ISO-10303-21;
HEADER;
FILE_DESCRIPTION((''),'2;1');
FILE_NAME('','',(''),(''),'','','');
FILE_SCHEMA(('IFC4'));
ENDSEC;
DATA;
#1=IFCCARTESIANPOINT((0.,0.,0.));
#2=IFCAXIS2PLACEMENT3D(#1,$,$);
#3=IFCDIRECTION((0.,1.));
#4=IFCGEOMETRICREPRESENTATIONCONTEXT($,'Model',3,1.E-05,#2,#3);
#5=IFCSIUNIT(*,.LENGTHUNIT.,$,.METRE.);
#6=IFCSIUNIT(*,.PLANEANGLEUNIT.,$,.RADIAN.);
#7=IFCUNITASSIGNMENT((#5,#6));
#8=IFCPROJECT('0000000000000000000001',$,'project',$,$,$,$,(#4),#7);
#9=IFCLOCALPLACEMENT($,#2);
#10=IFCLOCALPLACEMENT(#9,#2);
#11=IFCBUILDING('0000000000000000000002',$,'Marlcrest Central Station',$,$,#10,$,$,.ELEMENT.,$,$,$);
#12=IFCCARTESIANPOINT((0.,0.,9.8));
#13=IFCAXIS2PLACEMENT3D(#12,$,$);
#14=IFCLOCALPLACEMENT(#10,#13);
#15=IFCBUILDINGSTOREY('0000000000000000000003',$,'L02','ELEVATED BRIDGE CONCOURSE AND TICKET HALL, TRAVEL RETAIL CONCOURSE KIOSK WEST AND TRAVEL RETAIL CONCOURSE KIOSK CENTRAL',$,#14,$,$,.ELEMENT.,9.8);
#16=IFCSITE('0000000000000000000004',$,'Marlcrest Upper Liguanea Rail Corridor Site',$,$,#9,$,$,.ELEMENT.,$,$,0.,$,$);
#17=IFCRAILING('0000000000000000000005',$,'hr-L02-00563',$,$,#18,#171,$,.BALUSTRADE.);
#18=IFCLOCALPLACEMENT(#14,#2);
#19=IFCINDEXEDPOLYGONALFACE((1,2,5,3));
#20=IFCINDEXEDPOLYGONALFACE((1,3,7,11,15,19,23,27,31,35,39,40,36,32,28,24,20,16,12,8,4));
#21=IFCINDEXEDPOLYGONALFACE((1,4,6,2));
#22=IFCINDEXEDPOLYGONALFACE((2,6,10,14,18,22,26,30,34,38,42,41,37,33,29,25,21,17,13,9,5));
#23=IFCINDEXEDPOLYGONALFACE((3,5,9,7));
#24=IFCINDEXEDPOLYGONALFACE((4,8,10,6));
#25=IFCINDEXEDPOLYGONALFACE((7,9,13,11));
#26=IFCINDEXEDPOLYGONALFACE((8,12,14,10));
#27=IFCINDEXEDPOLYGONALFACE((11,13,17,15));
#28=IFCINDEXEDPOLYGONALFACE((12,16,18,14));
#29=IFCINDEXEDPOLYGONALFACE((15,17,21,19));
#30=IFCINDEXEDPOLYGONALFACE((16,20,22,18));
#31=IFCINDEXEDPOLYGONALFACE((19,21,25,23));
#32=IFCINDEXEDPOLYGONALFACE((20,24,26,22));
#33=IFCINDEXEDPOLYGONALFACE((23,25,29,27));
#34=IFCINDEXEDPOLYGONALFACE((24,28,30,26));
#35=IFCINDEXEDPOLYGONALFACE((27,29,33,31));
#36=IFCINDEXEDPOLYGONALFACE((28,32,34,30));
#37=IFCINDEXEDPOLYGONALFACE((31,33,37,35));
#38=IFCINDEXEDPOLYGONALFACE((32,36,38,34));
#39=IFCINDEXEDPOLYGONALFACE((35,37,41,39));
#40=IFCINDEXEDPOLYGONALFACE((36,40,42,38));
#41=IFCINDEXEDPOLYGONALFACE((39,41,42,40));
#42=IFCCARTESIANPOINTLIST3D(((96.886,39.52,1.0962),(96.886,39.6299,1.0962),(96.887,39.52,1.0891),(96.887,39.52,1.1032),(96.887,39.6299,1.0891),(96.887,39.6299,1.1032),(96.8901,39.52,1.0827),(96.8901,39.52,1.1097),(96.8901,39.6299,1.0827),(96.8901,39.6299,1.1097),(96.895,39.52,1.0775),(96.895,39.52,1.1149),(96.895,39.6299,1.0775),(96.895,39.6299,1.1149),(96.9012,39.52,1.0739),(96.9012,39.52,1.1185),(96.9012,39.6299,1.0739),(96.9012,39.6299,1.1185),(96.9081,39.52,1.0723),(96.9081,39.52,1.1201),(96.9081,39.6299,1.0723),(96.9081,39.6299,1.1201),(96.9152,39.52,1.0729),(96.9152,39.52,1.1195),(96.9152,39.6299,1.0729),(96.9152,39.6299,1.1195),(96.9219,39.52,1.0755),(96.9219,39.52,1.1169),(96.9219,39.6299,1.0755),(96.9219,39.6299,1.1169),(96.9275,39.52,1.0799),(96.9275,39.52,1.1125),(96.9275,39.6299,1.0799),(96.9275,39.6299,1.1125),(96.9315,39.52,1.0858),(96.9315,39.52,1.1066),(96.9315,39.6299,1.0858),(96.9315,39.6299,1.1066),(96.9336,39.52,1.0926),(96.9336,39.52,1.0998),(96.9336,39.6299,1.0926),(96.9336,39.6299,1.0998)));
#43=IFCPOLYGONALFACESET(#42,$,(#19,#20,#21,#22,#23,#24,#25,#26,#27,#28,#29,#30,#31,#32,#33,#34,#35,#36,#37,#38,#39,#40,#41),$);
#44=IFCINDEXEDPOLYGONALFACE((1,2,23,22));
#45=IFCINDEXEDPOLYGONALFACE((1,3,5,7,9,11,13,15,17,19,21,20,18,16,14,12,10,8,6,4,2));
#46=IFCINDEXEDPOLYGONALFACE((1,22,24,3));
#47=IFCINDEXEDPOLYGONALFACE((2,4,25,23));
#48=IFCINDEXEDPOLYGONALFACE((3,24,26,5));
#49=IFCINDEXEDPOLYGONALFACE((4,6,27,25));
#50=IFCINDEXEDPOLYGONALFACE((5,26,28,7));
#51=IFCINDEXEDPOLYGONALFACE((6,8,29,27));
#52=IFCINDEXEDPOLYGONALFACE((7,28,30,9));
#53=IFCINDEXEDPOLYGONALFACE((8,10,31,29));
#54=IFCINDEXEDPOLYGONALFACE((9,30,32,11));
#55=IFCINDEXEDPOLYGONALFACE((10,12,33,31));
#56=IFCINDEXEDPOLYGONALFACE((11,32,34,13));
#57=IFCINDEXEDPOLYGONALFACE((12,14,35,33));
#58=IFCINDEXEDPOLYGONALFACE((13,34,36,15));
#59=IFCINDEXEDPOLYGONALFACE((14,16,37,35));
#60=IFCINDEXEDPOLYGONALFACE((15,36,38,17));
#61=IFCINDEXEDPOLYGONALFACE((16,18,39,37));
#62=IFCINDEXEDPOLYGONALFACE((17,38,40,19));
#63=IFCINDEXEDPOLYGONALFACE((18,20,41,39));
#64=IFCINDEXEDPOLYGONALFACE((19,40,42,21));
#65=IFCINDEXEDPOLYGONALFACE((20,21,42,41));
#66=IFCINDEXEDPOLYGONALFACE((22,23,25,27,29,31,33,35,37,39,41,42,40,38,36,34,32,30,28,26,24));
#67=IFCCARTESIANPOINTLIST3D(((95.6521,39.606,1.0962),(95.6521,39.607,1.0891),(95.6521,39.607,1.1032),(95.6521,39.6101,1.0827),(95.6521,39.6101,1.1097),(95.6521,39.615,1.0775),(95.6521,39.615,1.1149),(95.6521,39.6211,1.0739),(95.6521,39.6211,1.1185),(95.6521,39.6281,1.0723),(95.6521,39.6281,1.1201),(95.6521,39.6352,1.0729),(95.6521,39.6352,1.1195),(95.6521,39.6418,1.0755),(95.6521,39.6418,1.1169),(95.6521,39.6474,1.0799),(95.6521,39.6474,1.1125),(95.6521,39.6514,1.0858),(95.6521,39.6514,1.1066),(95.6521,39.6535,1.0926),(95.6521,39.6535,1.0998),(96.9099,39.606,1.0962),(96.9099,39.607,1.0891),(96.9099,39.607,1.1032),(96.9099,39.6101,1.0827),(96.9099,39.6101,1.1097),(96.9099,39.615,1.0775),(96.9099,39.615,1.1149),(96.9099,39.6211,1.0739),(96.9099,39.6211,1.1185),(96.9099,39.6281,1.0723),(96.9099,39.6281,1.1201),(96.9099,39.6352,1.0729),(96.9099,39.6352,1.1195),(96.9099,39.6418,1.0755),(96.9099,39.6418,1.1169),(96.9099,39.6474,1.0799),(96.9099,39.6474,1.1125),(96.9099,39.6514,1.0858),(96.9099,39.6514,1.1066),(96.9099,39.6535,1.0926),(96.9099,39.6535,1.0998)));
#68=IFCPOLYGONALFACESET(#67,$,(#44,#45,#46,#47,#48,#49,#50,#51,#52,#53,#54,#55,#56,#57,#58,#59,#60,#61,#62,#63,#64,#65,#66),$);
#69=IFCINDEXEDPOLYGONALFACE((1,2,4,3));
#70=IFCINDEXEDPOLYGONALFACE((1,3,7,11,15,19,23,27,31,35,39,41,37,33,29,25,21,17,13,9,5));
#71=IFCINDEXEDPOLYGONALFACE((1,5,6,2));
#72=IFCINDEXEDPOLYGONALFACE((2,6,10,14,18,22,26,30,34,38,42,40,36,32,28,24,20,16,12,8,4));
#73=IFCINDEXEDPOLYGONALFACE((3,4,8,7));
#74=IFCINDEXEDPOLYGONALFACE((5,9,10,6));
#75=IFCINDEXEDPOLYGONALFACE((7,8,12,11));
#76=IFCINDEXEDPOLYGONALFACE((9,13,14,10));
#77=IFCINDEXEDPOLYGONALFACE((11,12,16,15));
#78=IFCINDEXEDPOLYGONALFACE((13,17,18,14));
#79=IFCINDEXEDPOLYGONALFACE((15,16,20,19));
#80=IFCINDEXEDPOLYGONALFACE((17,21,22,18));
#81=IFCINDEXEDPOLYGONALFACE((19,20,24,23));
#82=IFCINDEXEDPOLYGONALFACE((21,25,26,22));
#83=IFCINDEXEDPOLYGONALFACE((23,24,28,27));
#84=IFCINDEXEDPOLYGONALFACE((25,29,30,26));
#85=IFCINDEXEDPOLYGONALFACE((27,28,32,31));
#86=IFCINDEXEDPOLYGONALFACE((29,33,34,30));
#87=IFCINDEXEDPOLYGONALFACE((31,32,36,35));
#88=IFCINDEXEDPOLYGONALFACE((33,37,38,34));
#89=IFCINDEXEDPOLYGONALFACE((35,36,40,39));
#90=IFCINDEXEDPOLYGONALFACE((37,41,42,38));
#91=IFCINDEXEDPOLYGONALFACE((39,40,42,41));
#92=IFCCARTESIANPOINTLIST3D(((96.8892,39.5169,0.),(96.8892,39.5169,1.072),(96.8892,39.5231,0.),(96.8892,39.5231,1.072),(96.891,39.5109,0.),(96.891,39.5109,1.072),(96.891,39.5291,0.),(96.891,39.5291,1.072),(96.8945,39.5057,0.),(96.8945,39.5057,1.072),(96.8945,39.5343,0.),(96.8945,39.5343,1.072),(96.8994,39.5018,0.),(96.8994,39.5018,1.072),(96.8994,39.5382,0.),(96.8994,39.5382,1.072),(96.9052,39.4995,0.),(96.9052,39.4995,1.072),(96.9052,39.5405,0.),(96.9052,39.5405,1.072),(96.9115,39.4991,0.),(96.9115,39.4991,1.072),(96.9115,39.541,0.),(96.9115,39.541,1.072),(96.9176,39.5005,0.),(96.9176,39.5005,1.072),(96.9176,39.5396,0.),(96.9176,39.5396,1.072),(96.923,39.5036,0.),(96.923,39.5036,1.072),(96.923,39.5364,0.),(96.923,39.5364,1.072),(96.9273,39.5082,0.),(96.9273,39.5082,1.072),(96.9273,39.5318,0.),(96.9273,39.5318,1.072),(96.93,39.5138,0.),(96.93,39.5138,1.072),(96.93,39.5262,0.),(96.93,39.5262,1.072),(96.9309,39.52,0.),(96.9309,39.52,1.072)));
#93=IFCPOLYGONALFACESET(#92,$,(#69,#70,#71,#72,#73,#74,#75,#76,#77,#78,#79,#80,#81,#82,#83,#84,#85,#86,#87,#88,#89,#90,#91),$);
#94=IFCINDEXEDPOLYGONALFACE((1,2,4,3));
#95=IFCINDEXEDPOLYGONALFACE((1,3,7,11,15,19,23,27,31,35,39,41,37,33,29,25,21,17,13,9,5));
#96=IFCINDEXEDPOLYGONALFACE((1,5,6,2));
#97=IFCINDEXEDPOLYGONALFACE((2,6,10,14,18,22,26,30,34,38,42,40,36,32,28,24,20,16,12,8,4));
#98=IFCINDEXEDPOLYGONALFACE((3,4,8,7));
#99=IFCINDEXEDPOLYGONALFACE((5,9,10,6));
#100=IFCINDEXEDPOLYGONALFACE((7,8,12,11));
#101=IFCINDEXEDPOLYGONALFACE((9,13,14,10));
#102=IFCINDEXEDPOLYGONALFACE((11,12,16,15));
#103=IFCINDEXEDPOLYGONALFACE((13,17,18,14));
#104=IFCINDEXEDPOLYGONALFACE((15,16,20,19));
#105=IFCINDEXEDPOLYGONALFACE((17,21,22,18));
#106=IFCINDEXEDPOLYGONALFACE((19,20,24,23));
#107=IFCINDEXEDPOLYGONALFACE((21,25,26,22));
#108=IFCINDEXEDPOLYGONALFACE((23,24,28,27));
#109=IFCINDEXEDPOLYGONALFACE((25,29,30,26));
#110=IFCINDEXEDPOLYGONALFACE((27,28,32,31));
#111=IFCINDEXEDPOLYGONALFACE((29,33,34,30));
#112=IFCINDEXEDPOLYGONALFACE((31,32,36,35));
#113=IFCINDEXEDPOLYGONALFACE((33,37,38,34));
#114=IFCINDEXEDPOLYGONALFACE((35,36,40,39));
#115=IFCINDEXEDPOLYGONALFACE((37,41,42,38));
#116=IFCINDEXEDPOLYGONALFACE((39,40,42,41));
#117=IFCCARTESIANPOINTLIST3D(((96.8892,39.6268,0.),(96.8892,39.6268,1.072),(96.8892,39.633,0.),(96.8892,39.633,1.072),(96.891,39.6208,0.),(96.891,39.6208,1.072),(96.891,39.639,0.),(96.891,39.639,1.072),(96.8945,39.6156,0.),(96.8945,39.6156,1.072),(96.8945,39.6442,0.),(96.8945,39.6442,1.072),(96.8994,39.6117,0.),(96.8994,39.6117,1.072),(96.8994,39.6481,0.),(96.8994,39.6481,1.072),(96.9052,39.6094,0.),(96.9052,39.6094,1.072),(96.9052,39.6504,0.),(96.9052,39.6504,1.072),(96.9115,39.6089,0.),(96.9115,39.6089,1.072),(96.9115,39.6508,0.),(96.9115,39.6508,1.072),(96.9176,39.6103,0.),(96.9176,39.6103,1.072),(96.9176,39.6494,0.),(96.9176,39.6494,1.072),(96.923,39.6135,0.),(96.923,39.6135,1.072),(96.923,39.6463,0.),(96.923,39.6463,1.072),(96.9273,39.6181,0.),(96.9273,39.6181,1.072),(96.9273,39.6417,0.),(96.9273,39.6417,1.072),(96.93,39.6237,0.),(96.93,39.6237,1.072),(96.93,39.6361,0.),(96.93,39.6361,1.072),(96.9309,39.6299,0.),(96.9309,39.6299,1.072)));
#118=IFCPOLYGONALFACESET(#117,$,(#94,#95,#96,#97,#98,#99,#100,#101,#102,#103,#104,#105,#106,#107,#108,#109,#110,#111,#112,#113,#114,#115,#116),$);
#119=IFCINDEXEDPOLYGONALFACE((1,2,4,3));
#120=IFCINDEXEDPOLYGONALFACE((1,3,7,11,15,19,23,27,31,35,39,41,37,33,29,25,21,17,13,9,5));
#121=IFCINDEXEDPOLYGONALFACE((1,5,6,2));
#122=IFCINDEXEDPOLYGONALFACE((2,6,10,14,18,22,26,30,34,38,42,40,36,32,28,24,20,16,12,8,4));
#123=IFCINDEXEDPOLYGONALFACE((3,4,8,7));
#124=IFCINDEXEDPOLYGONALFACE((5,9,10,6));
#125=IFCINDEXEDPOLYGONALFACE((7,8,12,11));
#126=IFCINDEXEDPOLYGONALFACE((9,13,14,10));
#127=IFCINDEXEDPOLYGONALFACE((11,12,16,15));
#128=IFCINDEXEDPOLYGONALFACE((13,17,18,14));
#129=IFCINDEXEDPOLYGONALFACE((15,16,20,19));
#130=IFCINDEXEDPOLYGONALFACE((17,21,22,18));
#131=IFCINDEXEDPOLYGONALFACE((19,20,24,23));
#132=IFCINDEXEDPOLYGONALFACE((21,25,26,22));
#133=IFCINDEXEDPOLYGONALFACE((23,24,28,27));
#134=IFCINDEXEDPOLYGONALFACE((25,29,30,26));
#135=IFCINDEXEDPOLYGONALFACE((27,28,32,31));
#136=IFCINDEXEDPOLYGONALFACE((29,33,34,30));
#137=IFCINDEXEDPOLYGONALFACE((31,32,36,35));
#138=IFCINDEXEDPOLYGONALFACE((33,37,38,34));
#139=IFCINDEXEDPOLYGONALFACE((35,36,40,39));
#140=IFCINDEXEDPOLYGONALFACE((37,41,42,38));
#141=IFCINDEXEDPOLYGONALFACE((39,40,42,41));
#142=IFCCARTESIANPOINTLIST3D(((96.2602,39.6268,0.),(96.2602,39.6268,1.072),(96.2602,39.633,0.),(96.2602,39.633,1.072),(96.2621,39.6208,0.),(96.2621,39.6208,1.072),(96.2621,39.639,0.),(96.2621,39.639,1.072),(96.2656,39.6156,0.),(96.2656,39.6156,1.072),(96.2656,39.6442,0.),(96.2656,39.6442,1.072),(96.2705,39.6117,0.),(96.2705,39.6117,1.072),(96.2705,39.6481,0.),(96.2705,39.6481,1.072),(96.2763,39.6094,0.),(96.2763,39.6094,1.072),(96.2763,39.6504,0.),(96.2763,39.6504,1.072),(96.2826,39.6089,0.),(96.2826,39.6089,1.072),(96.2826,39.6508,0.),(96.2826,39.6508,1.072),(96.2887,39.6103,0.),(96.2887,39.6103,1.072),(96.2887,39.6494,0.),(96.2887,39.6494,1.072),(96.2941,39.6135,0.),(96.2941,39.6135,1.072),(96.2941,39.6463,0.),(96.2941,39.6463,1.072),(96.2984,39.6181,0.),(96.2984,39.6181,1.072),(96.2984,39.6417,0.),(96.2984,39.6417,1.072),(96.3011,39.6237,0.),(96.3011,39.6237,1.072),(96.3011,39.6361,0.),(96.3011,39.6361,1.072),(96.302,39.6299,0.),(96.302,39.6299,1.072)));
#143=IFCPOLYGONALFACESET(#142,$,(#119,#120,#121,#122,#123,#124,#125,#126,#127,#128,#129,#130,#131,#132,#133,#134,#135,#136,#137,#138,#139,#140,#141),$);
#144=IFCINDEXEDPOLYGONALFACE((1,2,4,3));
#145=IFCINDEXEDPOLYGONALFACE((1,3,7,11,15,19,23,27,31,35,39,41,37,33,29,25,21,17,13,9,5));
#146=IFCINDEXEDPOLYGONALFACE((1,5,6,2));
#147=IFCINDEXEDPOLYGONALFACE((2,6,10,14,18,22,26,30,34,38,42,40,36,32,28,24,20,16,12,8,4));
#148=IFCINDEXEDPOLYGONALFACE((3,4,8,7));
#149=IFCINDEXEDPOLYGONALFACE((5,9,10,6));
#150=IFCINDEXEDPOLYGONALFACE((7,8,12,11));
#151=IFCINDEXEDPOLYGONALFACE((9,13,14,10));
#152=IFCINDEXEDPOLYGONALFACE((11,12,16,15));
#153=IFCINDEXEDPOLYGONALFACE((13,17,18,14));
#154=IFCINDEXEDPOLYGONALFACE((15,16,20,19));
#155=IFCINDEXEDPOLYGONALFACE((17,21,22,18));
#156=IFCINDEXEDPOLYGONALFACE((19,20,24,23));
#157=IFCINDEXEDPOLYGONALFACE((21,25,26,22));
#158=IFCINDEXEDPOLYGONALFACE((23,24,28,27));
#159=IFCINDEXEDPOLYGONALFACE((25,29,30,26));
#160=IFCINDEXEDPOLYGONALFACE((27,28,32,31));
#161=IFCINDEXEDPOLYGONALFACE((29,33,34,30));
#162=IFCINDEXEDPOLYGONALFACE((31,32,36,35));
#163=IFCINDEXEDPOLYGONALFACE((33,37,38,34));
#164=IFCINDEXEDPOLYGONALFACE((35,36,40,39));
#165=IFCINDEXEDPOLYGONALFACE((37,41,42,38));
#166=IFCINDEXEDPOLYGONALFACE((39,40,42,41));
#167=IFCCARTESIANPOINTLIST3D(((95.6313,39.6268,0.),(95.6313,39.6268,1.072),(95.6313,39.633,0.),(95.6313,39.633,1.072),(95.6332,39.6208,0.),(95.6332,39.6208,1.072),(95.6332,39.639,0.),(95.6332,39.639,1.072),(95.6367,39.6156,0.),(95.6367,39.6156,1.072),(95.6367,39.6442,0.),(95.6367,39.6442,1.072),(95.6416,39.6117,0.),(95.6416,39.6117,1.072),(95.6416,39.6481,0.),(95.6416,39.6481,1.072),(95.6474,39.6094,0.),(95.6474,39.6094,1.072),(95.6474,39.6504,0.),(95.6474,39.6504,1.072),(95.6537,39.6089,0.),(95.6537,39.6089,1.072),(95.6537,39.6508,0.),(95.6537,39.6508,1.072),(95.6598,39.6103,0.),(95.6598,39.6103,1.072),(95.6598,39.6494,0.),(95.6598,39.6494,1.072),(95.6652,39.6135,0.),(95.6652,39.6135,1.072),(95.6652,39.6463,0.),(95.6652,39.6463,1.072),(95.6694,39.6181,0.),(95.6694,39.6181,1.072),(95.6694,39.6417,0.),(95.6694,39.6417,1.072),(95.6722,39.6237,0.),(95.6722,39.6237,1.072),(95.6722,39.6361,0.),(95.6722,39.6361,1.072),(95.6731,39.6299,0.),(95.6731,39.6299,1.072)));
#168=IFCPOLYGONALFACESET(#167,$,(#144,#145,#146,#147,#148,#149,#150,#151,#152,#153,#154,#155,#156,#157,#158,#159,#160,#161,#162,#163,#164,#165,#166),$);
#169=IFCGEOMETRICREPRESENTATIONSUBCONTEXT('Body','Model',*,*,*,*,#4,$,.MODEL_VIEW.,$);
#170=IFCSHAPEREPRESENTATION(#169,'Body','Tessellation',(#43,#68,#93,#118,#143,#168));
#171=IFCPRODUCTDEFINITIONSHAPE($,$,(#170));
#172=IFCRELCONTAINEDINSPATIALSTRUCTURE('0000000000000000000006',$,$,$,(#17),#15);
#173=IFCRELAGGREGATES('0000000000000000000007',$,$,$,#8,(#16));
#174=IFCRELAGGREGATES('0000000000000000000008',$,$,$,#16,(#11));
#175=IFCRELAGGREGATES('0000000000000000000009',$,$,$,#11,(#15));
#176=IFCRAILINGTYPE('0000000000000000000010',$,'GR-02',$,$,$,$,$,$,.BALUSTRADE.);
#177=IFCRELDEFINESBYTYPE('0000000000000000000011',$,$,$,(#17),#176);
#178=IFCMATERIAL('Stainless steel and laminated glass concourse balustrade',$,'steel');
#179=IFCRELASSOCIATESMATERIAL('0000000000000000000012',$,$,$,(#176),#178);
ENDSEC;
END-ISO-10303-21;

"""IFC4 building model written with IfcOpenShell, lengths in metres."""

from ifc_helpers import new_model, si_unit, direction, frame, origin, origin_2d, place, context, subcontext, project, spatial, circle, extrude, material, type_object, element, save


model = new_model("IFC4")

# Units and contexts
model_context = context("Model", 3, precision=1e-05, world=origin(), true_north=direction((0.0, 1.0)))
body_context = subcontext(model_context, "Body", "Model", "MODEL_VIEW")
ifc_project = project(units=[si_unit("LENGTHUNIT", "METRE"), si_unit("PLANEANGLEUNIT", "RADIAN")], contexts=[model_context])

# Site, building, storey
site_placement = place(None, origin())
site = spatial("IfcSite", under=ifc_project, at=site_placement, Name="Marlcrest Upper Liguanea Rail Corridor Site", CompositionType="ELEMENT", RefElevation=0.0)
building_placement = place(site_placement, origin())
building = spatial("IfcBuilding", under=site, at=building_placement, Name="Marlcrest Central Station", CompositionType="ELEMENT")
storey_placement = place(building_placement, frame((0.0, 0.0, 9.8)))
storey = spatial("IfcBuildingStorey", under=building, at=storey_placement, Name="L02", Description="ELEVATED BRIDGE CONCOURSE AND TICKET HALL, TRAVEL RETAIL CONCOURSE KIOSK WEST AND TRAVEL RETAIL CONCOURSE KIOSK CENTRAL", CompositionType="ELEMENT", Elevation=9.8)

# Railing
ifc_material_1 = material(Name="Stainless steel and laminated glass concourse balustrade", Category="steel")
railing_type = type_object("IfcRailingType", Name="GR-02", PredefinedType="BALUSTRADE", material=ifc_material_1)
railing_1_placement = place(storey_placement, frame((96.9099, 39.52, 0.0)))
element("IfcRailing", 1, at=railing_1_placement, inside=storey, type_object=railing_type, Name="hr-L02-00563", PredefinedType="BALUSTRADE", context=body_context, shape_type="SweptSolid", body=[
    extrude(circle(Radius=0.0239, at=origin_2d()), frame((0.0, 0.0, 1.0962), z_axis=(0.0, 1.0, 0.0), x_axis=(-1.0, 0.0, 0.0)), (0.0, 0.0, 1.0), 0.1099),
    extrude(circle(Radius=0.0239, at=origin_2d()), frame((0.0, 0.1099, 1.0962), z_axis=(-1.0, 0.0, 0.0), x_axis=(0.0, -1.0, 0.0)), (0.0, 0.0, 1.0), 1.2578),
    extrude(circle(Radius=0.021, at=origin_2d()), origin(), (0.0, 0.0, 1.0), 1.072),
    extrude(circle(Radius=0.021, at=origin_2d()), frame((0.0, 0.1099, 0.0)), (0.0, 0.0, 1.0), 1.072),
    extrude(circle(Radius=0.021, at=origin_2d()), frame((-0.6289, 0.1099, 0.0)), (0.0, 0.0, 1.0), 1.072),
    extrude(circle(Radius=0.021, at=origin_2d()), frame((-1.2578, 0.1099, 0.0)), (0.0, 0.0, 1.0), 1.072),
])

save(model, "model.ifc")
